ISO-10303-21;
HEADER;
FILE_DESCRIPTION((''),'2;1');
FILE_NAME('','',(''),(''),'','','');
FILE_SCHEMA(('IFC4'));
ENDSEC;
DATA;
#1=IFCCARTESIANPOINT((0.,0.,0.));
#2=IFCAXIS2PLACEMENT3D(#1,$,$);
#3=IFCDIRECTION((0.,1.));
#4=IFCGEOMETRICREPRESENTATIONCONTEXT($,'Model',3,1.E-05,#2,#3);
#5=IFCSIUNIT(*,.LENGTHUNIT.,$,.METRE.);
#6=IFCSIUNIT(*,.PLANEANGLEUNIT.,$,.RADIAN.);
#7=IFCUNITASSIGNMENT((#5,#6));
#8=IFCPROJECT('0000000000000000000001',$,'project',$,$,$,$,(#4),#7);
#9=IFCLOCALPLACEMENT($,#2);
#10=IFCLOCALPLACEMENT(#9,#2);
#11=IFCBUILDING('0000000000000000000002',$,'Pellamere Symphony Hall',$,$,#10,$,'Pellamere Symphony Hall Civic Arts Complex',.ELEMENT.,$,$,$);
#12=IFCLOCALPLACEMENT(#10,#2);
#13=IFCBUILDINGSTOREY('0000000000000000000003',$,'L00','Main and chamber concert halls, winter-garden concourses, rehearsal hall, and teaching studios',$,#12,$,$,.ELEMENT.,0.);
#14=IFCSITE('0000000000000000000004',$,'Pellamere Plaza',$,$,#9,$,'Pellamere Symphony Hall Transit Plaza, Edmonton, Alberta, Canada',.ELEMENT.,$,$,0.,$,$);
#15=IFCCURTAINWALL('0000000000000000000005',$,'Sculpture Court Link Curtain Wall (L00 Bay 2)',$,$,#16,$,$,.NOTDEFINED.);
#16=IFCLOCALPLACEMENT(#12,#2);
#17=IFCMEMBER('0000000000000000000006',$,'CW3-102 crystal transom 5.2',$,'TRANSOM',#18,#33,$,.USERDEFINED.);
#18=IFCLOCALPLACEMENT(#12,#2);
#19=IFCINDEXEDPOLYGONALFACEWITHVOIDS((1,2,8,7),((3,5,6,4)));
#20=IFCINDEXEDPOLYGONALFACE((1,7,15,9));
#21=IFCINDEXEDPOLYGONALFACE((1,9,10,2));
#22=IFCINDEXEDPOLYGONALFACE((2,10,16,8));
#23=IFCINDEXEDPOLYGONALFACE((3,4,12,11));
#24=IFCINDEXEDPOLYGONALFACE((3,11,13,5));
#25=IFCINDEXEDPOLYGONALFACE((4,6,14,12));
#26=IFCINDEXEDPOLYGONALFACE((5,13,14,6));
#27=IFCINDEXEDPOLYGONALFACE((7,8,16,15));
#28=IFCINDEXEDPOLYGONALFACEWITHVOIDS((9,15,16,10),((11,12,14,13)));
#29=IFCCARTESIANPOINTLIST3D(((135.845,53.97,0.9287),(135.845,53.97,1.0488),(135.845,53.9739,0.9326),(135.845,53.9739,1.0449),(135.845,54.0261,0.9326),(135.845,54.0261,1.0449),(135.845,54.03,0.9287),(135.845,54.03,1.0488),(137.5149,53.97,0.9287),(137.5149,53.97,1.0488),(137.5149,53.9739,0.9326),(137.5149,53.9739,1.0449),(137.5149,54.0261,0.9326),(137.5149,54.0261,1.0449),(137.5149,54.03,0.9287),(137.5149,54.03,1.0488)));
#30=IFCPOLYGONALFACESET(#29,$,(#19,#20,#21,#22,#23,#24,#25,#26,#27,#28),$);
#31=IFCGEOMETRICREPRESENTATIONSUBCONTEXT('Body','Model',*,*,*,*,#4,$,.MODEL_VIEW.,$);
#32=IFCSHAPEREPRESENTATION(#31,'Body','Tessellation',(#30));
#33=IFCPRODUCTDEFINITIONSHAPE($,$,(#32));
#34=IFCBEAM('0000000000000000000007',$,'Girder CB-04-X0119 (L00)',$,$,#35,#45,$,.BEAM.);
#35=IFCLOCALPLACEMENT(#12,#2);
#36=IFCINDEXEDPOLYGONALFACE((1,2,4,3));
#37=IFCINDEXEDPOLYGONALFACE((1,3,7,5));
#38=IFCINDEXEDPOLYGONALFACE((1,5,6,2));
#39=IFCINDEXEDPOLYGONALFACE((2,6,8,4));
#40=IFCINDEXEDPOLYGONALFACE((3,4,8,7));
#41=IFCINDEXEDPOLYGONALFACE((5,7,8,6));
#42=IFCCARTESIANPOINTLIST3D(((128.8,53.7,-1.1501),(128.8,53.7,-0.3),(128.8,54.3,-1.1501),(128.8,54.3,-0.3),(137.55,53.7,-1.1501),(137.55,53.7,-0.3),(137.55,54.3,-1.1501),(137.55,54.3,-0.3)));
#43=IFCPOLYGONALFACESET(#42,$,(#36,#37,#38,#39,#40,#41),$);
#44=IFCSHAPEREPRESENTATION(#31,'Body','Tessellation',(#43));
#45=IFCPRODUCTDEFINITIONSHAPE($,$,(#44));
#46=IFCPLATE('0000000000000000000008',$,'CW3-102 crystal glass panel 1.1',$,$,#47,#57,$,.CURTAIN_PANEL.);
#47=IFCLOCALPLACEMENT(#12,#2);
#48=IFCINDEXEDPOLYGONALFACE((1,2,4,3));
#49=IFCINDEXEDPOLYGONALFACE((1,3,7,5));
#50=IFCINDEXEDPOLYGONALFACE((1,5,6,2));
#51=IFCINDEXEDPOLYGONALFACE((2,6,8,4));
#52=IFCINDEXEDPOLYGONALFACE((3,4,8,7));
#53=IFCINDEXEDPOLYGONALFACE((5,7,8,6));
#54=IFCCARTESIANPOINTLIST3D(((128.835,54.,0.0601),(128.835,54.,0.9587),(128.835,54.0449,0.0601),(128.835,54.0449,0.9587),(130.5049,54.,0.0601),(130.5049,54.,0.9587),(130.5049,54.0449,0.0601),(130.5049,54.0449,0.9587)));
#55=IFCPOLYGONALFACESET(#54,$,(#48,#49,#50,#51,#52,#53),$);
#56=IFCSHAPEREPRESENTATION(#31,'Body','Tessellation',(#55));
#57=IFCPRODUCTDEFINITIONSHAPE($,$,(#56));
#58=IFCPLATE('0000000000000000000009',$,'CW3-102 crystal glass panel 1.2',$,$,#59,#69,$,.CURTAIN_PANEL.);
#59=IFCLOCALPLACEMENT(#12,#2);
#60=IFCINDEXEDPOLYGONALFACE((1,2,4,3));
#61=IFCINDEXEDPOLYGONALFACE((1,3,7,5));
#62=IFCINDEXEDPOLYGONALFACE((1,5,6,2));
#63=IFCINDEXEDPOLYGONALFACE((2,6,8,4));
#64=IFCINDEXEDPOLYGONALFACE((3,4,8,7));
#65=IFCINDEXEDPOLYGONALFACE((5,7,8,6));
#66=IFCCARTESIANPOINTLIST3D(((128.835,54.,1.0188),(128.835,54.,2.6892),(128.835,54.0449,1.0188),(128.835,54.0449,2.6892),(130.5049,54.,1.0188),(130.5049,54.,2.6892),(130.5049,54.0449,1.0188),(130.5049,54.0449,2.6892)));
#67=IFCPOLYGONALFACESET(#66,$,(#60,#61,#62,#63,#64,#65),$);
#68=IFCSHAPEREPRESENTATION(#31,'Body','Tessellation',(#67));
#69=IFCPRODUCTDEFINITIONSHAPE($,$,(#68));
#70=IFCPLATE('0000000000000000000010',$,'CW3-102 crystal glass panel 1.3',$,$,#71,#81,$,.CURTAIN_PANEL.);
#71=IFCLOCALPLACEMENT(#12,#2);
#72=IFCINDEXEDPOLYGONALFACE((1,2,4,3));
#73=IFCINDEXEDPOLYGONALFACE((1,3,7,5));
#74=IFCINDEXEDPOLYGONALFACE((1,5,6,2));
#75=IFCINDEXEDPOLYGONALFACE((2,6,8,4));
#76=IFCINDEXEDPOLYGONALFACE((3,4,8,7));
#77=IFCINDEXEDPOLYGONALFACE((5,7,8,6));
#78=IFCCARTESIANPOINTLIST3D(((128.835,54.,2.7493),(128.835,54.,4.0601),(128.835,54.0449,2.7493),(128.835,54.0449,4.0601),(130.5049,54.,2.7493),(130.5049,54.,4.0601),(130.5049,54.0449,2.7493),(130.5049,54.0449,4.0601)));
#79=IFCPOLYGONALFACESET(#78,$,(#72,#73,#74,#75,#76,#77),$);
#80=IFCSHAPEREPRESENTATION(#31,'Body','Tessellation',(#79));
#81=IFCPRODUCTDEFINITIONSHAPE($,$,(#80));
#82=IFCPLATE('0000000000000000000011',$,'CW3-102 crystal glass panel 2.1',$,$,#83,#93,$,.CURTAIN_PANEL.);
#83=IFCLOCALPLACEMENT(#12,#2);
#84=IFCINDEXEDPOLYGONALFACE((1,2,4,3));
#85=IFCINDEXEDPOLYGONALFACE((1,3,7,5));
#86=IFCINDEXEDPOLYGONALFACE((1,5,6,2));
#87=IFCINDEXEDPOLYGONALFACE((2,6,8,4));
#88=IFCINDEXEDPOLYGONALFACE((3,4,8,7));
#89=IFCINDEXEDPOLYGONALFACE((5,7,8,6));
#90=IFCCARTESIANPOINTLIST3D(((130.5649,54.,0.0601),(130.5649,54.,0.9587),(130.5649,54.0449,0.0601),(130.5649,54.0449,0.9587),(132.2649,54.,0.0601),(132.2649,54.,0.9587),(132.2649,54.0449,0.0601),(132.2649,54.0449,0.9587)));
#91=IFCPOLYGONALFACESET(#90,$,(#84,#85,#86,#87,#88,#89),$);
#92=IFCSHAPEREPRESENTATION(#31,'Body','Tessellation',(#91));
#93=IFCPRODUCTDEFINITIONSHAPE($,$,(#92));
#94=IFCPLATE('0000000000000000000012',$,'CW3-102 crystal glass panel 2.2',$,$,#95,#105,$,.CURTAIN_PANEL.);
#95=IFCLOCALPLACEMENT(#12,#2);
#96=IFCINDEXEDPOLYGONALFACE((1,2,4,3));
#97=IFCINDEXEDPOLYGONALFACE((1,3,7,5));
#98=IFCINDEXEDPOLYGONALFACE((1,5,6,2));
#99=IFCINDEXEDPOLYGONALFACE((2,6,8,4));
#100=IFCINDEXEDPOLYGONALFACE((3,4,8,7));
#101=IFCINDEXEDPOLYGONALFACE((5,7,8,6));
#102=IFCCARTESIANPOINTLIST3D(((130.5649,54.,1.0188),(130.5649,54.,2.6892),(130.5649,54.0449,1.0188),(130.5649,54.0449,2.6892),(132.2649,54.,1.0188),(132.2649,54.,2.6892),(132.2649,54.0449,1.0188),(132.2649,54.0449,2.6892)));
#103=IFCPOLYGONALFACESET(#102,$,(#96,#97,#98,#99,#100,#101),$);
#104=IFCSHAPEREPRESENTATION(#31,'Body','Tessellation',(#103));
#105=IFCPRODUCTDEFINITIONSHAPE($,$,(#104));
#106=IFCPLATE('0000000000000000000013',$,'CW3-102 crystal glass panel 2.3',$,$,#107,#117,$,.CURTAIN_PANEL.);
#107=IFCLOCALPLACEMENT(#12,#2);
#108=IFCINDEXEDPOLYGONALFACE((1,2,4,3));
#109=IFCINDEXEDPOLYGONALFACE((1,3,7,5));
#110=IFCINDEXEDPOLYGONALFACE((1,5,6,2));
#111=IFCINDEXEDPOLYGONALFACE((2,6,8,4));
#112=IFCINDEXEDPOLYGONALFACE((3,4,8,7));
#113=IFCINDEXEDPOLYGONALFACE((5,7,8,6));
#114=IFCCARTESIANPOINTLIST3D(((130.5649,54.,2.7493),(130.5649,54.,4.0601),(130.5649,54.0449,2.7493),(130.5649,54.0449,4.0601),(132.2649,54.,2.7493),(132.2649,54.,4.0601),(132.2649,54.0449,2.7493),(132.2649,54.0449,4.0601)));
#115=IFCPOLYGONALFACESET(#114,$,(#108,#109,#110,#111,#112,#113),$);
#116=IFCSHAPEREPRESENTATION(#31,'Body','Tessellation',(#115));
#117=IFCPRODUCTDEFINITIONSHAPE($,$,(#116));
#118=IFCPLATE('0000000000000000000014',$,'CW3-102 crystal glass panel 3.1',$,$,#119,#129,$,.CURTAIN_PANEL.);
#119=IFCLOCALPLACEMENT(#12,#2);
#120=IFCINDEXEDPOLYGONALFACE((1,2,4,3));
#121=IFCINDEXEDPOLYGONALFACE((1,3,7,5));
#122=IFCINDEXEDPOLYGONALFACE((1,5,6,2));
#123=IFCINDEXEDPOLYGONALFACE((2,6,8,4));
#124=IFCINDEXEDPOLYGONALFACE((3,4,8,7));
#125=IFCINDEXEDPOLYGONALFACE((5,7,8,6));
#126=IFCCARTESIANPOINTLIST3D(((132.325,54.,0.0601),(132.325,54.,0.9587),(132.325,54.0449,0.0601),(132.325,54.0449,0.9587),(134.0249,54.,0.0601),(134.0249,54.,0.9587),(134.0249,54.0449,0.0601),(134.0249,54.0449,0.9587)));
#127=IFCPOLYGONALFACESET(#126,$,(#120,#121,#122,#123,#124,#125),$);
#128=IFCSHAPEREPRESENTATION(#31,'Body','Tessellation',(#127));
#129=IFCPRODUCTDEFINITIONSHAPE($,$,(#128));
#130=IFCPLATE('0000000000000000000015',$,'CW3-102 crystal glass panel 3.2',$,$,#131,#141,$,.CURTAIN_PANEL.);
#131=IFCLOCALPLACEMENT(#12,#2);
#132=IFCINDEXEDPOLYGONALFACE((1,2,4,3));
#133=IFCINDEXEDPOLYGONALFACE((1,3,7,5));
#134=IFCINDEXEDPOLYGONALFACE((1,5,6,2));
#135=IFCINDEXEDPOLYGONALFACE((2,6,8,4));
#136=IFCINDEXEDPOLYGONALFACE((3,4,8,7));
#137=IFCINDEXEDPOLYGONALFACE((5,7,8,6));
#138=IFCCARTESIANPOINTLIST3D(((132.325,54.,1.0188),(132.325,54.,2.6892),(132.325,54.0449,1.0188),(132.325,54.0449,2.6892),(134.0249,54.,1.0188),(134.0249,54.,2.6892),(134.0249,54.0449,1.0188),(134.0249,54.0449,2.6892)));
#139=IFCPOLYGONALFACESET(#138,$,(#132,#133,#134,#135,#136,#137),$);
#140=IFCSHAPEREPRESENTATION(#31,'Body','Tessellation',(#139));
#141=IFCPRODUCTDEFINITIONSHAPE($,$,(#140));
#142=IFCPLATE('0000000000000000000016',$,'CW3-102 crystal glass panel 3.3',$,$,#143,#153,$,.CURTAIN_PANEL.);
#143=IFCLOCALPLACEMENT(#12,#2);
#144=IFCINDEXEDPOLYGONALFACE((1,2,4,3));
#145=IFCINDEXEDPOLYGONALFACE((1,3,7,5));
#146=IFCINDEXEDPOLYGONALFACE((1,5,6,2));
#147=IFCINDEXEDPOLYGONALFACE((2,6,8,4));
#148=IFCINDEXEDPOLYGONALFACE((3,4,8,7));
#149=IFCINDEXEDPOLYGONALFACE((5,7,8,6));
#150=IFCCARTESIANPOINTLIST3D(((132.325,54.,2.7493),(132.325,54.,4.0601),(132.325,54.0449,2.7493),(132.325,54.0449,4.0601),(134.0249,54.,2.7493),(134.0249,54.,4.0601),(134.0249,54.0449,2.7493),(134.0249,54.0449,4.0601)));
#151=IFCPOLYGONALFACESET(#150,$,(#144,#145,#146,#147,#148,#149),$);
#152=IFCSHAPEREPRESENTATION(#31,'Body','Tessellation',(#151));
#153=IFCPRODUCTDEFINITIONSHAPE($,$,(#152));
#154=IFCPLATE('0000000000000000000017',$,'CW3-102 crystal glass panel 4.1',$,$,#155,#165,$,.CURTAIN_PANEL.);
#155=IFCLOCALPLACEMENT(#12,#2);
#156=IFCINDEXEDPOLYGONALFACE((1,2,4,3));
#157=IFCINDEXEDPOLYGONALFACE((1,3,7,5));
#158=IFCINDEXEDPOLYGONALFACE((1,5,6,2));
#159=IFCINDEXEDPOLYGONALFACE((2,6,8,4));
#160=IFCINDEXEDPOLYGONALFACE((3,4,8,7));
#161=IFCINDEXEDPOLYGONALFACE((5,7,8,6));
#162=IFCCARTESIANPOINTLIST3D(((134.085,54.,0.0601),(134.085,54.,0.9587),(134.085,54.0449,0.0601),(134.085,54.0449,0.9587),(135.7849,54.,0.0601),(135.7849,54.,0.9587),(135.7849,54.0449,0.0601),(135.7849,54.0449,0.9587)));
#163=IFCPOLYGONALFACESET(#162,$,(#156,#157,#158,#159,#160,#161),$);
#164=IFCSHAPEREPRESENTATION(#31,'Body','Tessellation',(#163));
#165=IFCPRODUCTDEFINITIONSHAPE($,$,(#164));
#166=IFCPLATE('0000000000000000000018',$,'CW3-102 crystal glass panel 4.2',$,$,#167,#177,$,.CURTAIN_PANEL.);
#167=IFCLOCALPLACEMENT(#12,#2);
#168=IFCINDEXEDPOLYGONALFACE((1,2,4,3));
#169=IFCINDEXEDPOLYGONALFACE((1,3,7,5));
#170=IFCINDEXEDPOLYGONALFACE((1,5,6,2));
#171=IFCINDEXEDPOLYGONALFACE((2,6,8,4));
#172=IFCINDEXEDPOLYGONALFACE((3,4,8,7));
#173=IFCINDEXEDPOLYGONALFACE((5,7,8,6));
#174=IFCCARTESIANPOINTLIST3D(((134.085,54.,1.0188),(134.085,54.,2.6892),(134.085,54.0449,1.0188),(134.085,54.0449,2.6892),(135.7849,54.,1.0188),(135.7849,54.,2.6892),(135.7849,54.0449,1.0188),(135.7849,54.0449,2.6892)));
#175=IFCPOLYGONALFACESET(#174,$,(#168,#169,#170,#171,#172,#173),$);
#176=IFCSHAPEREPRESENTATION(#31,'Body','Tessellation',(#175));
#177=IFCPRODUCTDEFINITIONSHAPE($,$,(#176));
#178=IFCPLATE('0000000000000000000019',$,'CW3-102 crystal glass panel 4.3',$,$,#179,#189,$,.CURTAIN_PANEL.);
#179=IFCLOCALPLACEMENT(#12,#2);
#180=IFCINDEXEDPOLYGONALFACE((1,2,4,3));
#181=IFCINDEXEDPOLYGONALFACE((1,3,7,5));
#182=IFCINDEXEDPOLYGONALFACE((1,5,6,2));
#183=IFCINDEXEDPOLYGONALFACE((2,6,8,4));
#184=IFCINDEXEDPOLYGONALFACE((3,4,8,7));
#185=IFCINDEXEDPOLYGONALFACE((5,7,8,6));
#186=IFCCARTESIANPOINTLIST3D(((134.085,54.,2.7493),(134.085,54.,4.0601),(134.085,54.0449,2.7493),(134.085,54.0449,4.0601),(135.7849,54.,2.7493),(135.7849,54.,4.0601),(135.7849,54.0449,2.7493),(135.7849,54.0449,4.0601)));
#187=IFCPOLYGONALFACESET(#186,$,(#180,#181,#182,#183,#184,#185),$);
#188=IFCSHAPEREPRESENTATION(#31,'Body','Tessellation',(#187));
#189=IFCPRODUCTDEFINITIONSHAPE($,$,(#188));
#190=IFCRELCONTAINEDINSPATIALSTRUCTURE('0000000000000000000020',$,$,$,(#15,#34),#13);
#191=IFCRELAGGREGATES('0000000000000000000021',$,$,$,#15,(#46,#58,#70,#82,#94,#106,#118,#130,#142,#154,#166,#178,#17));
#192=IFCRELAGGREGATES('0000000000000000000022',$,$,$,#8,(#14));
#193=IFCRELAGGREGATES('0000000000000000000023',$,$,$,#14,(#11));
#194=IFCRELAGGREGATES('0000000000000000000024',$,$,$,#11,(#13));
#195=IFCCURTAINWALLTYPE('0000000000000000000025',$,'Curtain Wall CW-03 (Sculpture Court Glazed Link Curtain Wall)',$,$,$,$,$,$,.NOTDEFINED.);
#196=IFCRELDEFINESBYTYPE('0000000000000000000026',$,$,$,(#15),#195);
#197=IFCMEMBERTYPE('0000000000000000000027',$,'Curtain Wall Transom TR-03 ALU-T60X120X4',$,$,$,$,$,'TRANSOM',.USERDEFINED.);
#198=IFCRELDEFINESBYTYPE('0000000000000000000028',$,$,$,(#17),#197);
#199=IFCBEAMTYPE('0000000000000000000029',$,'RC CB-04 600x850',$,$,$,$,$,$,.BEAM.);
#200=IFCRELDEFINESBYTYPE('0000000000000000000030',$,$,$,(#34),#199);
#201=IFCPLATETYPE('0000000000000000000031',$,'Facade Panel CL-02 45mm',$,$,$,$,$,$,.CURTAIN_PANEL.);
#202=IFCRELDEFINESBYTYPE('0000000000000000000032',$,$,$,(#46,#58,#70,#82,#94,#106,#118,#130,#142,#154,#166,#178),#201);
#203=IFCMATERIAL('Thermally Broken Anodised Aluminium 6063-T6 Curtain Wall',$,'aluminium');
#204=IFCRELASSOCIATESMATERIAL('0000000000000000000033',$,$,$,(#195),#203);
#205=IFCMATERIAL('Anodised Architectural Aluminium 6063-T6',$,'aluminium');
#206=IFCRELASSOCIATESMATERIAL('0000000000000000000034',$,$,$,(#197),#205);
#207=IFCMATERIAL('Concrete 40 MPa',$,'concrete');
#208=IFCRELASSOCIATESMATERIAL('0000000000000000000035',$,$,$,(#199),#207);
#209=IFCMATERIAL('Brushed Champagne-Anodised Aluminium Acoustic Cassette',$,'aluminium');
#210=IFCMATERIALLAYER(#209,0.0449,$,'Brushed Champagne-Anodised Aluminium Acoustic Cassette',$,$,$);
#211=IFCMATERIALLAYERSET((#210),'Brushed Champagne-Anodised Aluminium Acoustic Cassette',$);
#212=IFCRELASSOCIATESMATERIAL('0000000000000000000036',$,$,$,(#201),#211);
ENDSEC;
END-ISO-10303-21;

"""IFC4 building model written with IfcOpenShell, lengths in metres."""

from ifc_helpers import new_model, si_unit, direction, frame, origin, origin_2d, place, context, subcontext, project, spatial, polyline, rectangle, hollow_rectangle, outline, extrude, material, layer, layer_set, material_profile, profile_set, type_object, element, aggregate, save


model = new_model("IFC4")

# Units and contexts
model_context = context("Model", 3, precision=1e-05, world=origin(), true_north=direction((0.0, 1.0)))
body_context = subcontext(model_context, "Body", "Model", "MODEL_VIEW")
ifc_project = project(units=[si_unit("LENGTHUNIT", "METRE"), si_unit("PLANEANGLEUNIT", "RADIAN")], contexts=[model_context])

# Site, building, storey
site_placement = place(None, origin())
site = spatial("IfcSite", under=ifc_project, at=site_placement, Name="Pellamere Plaza", LongName="Pellamere Symphony Hall Transit Plaza, Edmonton, Alberta, Canada", CompositionType="ELEMENT", RefElevation=0.0)
building_placement = place(site_placement, origin())
building = spatial("IfcBuilding", under=site, at=building_placement, Name="Pellamere Symphony Hall", LongName="Pellamere Symphony Hall Civic Arts Complex", CompositionType="ELEMENT")
storey_placement = place(building_placement, origin())
storey = spatial("IfcBuildingStorey", under=building, at=storey_placement, Name="L00", Description="Main and chamber concert halls, winter-garden concourses, rehearsal hall, and teaching studios", CompositionType="ELEMENT", Elevation=0.0)

# Curtain wall, member
ifc_material_1 = material(Name="Thermally Broken Anodised Aluminium 6063-T6 Curtain Wall", Category="aluminium")
curtain_wall_type = type_object("IfcCurtainWallType", Name="Curtain Wall CW-03 (Sculpture Court Glazed Link Curtain Wall)", PredefinedType="NOTDEFINED", material=ifc_material_1)
curtain_wall_placement = place(storey_placement, origin())
curtain_wall = element("IfcCurtainWall", 1, at=curtain_wall_placement, inside=storey, type_object=curtain_wall_type, Name="Sculpture Court Link Curtain Wall (L00 Bay 2)", PredefinedType="NOTDEFINED")
ifc_material_2 = material(Name="Anodised Architectural Aluminium 6063-T6", Category="aluminium")
ifc_material_profile_1 = material_profile(ifc_material_2, hollow_rectangle(XDim=0.0601, YDim=0.1201, WallThickness=0.0039, at=origin_2d()), Name="ALU-T60X120X4")
ifc_profile_set_1 = profile_set([ifc_material_profile_1], Name="Anodised Architectural Aluminium 6063-T6")
member_type_1 = type_object("IfcMemberType", Name="Curtain Wall Transom TR-03 ALU-T60X120X4", ElementType="TRANSOM", PredefinedType="USERDEFINED", material=ifc_profile_set_1)
member_1_placement = place(storey_placement, frame((135.845, 54.0, 0.9888), z_axis=(1.0, 0.0, 0.0), x_axis=(0.0, 1.0, 0.0)))
member_1 = element("IfcMember", 2, at=member_1_placement, type_object=member_type_1, Name="CW3-102 crystal transom 5.2", ObjectType="TRANSOM", PredefinedType="USERDEFINED", context=body_context, shape_type="SweptSolid", body=[
    extrude(hollow_rectangle(XDim=0.0601, YDim=0.1201, WallThickness=0.0039, at=origin_2d()), origin(), (0.0, 0.0, 1.0), 1.6699),
])

# Beam
ifc_material_3 = material(Name="Concrete 40 MPa", Category="concrete")
ifc_material_profile_2 = material_profile(ifc_material_3, rectangle(XDim=0.6001, YDim=0.8501, at=origin_2d()), Name="RC 600x850")
ifc_profile_set_2 = profile_set([ifc_material_profile_2], Name="Concrete 40 MPa")
beam_type = type_object("IfcBeamType", Name="RC CB-04 600x850", PredefinedType="BEAM", material=ifc_profile_set_2)
beam_placement = place(storey_placement, frame((128.8, 54.0, -0.7251), z_axis=(1.0, 0.0, 0.0), x_axis=(0.0, 1.0, 0.0)))
element("IfcBeam", 3, at=beam_placement, inside=storey, type_object=beam_type, Name="Girder CB-04-X0119 (L00)", PredefinedType="BEAM", context=body_context, shape_type="SweptSolid", body=[
    extrude(rectangle(XDim=0.6001, YDim=0.8501, at=origin_2d()), origin(), (0.0, 0.0, 1.0), 8.75),
])

# Plates
ifc_material_4 = material(Name="Brushed Champagne-Anodised Aluminium Acoustic Cassette", Category="aluminium")
ifc_layer = layer(ifc_material_4, 0.0449, Name="Brushed Champagne-Anodised Aluminium Acoustic Cassette")
ifc_layer_set = layer_set([ifc_layer], Name="Brushed Champagne-Anodised Aluminium Acoustic Cassette")
plate_type = type_object("IfcPlateType", Name="Facade Panel CL-02 45mm", PredefinedType="CURTAIN_PANEL", material=ifc_layer_set)
plate_1_placement = place(storey_placement, frame((128.835, 54.0, 0.0601), z_axis=(0.0, -1.0, 0.0), x_axis=(1.0, 0.0, 0.0)))
plate_1 = element("IfcPlate", 4, at=plate_1_placement, type_object=plate_type, Name="CW3-102 crystal glass panel 1.1", PredefinedType="CURTAIN_PANEL", context=body_context, shape_type="SweptSolid", body=[
    extrude(outline(polyline([(0.0, 0.0), (1.6699, 0.0), (1.6699, 0.8987), (0.0, 0.8987), (0.0, 0.0)])), origin(), (0.0, 0.0, -1.0), 0.0449),
])
plate_2_placement = place(storey_placement, frame((128.835, 54.0, 1.0188), z_axis=(0.0, -1.0, 0.0), x_axis=(1.0, 0.0, 0.0)))
plate_2 = element("IfcPlate", 5, at=plate_2_placement, type_object=plate_type, Name="CW3-102 crystal glass panel 1.2", PredefinedType="CURTAIN_PANEL", context=body_context, shape_type="SweptSolid", body=[
    extrude(outline(polyline([(0.0, 0.0), (1.6699, 0.0), (1.6699, 1.6704), (0.0, 1.6704), (0.0, 0.0)])), origin(), (0.0, 0.0, -1.0), 0.0449),
])
plate_3_placement = place(storey_placement, frame((128.835, 54.0, 2.7493), z_axis=(0.0, -1.0, 0.0), x_axis=(1.0, 0.0, 0.0)))
plate_3 = element("IfcPlate", 6, at=plate_3_placement, type_object=plate_type, Name="CW3-102 crystal glass panel 1.3", PredefinedType="CURTAIN_PANEL", context=body_context, shape_type="SweptSolid", body=[
    extrude(outline(polyline([(0.0, 0.0), (1.6699, 0.0), (1.6699, 1.3108), (0.0, 1.3108), (0.0, 0.0)])), origin(), (0.0, 0.0, -1.0), 0.0449),
])
plate_4_placement = place(storey_placement, frame((130.5649, 54.0, 0.0601), z_axis=(0.0, -1.0, 0.0), x_axis=(1.0, 0.0, 0.0)))
plate_4 = element("IfcPlate", 7, at=plate_4_placement, type_object=plate_type, Name="CW3-102 crystal glass panel 2.1", PredefinedType="CURTAIN_PANEL", context=body_context, shape_type="SweptSolid", body=[
    extrude(outline(polyline([(0.0, 0.0), (1.7, 0.0), (1.7, 0.8987), (0.0, 0.8987), (0.0, 0.0)])), origin(), (0.0, 0.0, -1.0), 0.0449),
])
plate_5_placement = place(storey_placement, frame((130.5649, 54.0, 1.0188), z_axis=(0.0, -1.0, 0.0), x_axis=(1.0, 0.0, 0.0)))
plate_5 = element("IfcPlate", 8, at=plate_5_placement, type_object=plate_type, Name="CW3-102 crystal glass panel 2.2", PredefinedType="CURTAIN_PANEL", context=body_context, shape_type="SweptSolid", body=[
    extrude(outline(polyline([(0.0, 0.0), (1.7, 0.0), (1.7, 1.6704), (0.0, 1.6704), (0.0, 0.0)])), origin(), (0.0, 0.0, -1.0), 0.0449),
])
plate_6_placement = place(storey_placement, frame((130.5649, 54.0, 2.7493), z_axis=(0.0, -1.0, 0.0), x_axis=(1.0, 0.0, 0.0)))
plate_6 = element("IfcPlate", 9, at=plate_6_placement, type_object=plate_type, Name="CW3-102 crystal glass panel 2.3", PredefinedType="CURTAIN_PANEL", context=body_context, shape_type="SweptSolid", body=[
    extrude(outline(polyline([(0.0, 0.0), (1.7, 0.0), (1.7, 1.3108), (0.0, 1.3108), (0.0, 0.0)])), origin(), (0.0, 0.0, -1.0), 0.0449),
])
plate_7_placement = place(storey_placement, frame((132.325, 54.0, 0.0601), z_axis=(0.0, -1.0, 0.0), x_axis=(1.0, 0.0, 0.0)))
plate_7 = element("IfcPlate", 10, at=plate_7_placement, type_object=plate_type, Name="CW3-102 crystal glass panel 3.1", PredefinedType="CURTAIN_PANEL", context=body_context, shape_type="SweptSolid", body=[
    extrude(outline(polyline([(0.0, 0.0), (1.7, 0.0), (1.7, 0.8987), (0.0, 0.8987), (0.0, 0.0)])), origin(), (0.0, 0.0, -1.0), 0.0449),
])
plate_8_placement = place(storey_placement, frame((132.325, 54.0, 1.0188), z_axis=(0.0, -1.0, 0.0), x_axis=(1.0, 0.0, 0.0)))
plate_8 = element("IfcPlate", 11, at=plate_8_placement, type_object=plate_type, Name="CW3-102 crystal glass panel 3.2", PredefinedType="CURTAIN_PANEL", context=body_context, shape_type="SweptSolid", body=[
    extrude(outline(polyline([(0.0, 0.0), (1.7, 0.0), (1.7, 1.6704), (0.0, 1.6704), (0.0, 0.0)])), origin(), (0.0, 0.0, -1.0), 0.0449),
])
plate_9_placement = place(storey_placement, frame((132.325, 54.0, 2.7493), z_axis=(0.0, -1.0, 0.0), x_axis=(1.0, 0.0, 0.0)))
plate_9 = element("IfcPlate", 12, at=plate_9_placement, type_object=plate_type, Name="CW3-102 crystal glass panel 3.3", PredefinedType="CURTAIN_PANEL", context=body_context, shape_type="SweptSolid", body=[
    extrude(outline(polyline([(0.0, 0.0), (1.7, 0.0), (1.7, 1.3108), (0.0, 1.3108), (0.0, 0.0)])), origin(), (0.0, 0.0, -1.0), 0.0449),
])
plate_10_placement = place(storey_placement, frame((134.085, 54.0, 0.0601), z_axis=(0.0, -1.0, 0.0), x_axis=(1.0, 0.0, 0.0)))
plate_10 = element("IfcPlate", 13, at=plate_10_placement, type_object=plate_type, Name="CW3-102 crystal glass panel 4.1", PredefinedType="CURTAIN_PANEL", context=body_context, shape_type="SweptSolid", body=[
    extrude(outline(polyline([(0.0, 0.0), (1.7, 0.0), (1.7, 0.8987), (0.0, 0.8987), (0.0, 0.0)])), origin(), (0.0, 0.0, -1.0), 0.0449),
])
plate_11_placement = place(storey_placement, frame((134.085, 54.0, 1.0188), z_axis=(0.0, -1.0, 0.0), x_axis=(1.0, 0.0, 0.0)))
plate_11 = element("IfcPlate", 14, at=plate_11_placement, type_object=plate_type, Name="CW3-102 crystal glass panel 4.2", PredefinedType="CURTAIN_PANEL", context=body_context, shape_type="SweptSolid", body=[
    extrude(outline(polyline([(0.0, 0.0), (1.7, 0.0), (1.7, 1.6704), (0.0, 1.6704), (0.0, 0.0)])), origin(), (0.0, 0.0, -1.0), 0.0449),
])
plate_12_placement = place(storey_placement, frame((134.085, 54.0, 2.7493), z_axis=(0.0, -1.0, 0.0), x_axis=(1.0, 0.0, 0.0)))
plate_12 = element("IfcPlate", 15, at=plate_12_placement, type_object=plate_type, Name="CW3-102 crystal glass panel 4.3", PredefinedType="CURTAIN_PANEL", context=body_context, shape_type="SweptSolid", body=[
    extrude(outline(polyline([(0.0, 0.0), (1.7, 0.0), (1.7, 1.3108), (0.0, 1.3108), (0.0, 0.0)])), origin(), (0.0, 0.0, -1.0), 0.0449),
])
aggregate(curtain_wall, [plate_1, plate_2, plate_3, plate_4, plate_5, plate_6, plate_7, plate_8, plate_9, plate_10, plate_11, plate_12, member_1])

save(model, "model.ifc")
